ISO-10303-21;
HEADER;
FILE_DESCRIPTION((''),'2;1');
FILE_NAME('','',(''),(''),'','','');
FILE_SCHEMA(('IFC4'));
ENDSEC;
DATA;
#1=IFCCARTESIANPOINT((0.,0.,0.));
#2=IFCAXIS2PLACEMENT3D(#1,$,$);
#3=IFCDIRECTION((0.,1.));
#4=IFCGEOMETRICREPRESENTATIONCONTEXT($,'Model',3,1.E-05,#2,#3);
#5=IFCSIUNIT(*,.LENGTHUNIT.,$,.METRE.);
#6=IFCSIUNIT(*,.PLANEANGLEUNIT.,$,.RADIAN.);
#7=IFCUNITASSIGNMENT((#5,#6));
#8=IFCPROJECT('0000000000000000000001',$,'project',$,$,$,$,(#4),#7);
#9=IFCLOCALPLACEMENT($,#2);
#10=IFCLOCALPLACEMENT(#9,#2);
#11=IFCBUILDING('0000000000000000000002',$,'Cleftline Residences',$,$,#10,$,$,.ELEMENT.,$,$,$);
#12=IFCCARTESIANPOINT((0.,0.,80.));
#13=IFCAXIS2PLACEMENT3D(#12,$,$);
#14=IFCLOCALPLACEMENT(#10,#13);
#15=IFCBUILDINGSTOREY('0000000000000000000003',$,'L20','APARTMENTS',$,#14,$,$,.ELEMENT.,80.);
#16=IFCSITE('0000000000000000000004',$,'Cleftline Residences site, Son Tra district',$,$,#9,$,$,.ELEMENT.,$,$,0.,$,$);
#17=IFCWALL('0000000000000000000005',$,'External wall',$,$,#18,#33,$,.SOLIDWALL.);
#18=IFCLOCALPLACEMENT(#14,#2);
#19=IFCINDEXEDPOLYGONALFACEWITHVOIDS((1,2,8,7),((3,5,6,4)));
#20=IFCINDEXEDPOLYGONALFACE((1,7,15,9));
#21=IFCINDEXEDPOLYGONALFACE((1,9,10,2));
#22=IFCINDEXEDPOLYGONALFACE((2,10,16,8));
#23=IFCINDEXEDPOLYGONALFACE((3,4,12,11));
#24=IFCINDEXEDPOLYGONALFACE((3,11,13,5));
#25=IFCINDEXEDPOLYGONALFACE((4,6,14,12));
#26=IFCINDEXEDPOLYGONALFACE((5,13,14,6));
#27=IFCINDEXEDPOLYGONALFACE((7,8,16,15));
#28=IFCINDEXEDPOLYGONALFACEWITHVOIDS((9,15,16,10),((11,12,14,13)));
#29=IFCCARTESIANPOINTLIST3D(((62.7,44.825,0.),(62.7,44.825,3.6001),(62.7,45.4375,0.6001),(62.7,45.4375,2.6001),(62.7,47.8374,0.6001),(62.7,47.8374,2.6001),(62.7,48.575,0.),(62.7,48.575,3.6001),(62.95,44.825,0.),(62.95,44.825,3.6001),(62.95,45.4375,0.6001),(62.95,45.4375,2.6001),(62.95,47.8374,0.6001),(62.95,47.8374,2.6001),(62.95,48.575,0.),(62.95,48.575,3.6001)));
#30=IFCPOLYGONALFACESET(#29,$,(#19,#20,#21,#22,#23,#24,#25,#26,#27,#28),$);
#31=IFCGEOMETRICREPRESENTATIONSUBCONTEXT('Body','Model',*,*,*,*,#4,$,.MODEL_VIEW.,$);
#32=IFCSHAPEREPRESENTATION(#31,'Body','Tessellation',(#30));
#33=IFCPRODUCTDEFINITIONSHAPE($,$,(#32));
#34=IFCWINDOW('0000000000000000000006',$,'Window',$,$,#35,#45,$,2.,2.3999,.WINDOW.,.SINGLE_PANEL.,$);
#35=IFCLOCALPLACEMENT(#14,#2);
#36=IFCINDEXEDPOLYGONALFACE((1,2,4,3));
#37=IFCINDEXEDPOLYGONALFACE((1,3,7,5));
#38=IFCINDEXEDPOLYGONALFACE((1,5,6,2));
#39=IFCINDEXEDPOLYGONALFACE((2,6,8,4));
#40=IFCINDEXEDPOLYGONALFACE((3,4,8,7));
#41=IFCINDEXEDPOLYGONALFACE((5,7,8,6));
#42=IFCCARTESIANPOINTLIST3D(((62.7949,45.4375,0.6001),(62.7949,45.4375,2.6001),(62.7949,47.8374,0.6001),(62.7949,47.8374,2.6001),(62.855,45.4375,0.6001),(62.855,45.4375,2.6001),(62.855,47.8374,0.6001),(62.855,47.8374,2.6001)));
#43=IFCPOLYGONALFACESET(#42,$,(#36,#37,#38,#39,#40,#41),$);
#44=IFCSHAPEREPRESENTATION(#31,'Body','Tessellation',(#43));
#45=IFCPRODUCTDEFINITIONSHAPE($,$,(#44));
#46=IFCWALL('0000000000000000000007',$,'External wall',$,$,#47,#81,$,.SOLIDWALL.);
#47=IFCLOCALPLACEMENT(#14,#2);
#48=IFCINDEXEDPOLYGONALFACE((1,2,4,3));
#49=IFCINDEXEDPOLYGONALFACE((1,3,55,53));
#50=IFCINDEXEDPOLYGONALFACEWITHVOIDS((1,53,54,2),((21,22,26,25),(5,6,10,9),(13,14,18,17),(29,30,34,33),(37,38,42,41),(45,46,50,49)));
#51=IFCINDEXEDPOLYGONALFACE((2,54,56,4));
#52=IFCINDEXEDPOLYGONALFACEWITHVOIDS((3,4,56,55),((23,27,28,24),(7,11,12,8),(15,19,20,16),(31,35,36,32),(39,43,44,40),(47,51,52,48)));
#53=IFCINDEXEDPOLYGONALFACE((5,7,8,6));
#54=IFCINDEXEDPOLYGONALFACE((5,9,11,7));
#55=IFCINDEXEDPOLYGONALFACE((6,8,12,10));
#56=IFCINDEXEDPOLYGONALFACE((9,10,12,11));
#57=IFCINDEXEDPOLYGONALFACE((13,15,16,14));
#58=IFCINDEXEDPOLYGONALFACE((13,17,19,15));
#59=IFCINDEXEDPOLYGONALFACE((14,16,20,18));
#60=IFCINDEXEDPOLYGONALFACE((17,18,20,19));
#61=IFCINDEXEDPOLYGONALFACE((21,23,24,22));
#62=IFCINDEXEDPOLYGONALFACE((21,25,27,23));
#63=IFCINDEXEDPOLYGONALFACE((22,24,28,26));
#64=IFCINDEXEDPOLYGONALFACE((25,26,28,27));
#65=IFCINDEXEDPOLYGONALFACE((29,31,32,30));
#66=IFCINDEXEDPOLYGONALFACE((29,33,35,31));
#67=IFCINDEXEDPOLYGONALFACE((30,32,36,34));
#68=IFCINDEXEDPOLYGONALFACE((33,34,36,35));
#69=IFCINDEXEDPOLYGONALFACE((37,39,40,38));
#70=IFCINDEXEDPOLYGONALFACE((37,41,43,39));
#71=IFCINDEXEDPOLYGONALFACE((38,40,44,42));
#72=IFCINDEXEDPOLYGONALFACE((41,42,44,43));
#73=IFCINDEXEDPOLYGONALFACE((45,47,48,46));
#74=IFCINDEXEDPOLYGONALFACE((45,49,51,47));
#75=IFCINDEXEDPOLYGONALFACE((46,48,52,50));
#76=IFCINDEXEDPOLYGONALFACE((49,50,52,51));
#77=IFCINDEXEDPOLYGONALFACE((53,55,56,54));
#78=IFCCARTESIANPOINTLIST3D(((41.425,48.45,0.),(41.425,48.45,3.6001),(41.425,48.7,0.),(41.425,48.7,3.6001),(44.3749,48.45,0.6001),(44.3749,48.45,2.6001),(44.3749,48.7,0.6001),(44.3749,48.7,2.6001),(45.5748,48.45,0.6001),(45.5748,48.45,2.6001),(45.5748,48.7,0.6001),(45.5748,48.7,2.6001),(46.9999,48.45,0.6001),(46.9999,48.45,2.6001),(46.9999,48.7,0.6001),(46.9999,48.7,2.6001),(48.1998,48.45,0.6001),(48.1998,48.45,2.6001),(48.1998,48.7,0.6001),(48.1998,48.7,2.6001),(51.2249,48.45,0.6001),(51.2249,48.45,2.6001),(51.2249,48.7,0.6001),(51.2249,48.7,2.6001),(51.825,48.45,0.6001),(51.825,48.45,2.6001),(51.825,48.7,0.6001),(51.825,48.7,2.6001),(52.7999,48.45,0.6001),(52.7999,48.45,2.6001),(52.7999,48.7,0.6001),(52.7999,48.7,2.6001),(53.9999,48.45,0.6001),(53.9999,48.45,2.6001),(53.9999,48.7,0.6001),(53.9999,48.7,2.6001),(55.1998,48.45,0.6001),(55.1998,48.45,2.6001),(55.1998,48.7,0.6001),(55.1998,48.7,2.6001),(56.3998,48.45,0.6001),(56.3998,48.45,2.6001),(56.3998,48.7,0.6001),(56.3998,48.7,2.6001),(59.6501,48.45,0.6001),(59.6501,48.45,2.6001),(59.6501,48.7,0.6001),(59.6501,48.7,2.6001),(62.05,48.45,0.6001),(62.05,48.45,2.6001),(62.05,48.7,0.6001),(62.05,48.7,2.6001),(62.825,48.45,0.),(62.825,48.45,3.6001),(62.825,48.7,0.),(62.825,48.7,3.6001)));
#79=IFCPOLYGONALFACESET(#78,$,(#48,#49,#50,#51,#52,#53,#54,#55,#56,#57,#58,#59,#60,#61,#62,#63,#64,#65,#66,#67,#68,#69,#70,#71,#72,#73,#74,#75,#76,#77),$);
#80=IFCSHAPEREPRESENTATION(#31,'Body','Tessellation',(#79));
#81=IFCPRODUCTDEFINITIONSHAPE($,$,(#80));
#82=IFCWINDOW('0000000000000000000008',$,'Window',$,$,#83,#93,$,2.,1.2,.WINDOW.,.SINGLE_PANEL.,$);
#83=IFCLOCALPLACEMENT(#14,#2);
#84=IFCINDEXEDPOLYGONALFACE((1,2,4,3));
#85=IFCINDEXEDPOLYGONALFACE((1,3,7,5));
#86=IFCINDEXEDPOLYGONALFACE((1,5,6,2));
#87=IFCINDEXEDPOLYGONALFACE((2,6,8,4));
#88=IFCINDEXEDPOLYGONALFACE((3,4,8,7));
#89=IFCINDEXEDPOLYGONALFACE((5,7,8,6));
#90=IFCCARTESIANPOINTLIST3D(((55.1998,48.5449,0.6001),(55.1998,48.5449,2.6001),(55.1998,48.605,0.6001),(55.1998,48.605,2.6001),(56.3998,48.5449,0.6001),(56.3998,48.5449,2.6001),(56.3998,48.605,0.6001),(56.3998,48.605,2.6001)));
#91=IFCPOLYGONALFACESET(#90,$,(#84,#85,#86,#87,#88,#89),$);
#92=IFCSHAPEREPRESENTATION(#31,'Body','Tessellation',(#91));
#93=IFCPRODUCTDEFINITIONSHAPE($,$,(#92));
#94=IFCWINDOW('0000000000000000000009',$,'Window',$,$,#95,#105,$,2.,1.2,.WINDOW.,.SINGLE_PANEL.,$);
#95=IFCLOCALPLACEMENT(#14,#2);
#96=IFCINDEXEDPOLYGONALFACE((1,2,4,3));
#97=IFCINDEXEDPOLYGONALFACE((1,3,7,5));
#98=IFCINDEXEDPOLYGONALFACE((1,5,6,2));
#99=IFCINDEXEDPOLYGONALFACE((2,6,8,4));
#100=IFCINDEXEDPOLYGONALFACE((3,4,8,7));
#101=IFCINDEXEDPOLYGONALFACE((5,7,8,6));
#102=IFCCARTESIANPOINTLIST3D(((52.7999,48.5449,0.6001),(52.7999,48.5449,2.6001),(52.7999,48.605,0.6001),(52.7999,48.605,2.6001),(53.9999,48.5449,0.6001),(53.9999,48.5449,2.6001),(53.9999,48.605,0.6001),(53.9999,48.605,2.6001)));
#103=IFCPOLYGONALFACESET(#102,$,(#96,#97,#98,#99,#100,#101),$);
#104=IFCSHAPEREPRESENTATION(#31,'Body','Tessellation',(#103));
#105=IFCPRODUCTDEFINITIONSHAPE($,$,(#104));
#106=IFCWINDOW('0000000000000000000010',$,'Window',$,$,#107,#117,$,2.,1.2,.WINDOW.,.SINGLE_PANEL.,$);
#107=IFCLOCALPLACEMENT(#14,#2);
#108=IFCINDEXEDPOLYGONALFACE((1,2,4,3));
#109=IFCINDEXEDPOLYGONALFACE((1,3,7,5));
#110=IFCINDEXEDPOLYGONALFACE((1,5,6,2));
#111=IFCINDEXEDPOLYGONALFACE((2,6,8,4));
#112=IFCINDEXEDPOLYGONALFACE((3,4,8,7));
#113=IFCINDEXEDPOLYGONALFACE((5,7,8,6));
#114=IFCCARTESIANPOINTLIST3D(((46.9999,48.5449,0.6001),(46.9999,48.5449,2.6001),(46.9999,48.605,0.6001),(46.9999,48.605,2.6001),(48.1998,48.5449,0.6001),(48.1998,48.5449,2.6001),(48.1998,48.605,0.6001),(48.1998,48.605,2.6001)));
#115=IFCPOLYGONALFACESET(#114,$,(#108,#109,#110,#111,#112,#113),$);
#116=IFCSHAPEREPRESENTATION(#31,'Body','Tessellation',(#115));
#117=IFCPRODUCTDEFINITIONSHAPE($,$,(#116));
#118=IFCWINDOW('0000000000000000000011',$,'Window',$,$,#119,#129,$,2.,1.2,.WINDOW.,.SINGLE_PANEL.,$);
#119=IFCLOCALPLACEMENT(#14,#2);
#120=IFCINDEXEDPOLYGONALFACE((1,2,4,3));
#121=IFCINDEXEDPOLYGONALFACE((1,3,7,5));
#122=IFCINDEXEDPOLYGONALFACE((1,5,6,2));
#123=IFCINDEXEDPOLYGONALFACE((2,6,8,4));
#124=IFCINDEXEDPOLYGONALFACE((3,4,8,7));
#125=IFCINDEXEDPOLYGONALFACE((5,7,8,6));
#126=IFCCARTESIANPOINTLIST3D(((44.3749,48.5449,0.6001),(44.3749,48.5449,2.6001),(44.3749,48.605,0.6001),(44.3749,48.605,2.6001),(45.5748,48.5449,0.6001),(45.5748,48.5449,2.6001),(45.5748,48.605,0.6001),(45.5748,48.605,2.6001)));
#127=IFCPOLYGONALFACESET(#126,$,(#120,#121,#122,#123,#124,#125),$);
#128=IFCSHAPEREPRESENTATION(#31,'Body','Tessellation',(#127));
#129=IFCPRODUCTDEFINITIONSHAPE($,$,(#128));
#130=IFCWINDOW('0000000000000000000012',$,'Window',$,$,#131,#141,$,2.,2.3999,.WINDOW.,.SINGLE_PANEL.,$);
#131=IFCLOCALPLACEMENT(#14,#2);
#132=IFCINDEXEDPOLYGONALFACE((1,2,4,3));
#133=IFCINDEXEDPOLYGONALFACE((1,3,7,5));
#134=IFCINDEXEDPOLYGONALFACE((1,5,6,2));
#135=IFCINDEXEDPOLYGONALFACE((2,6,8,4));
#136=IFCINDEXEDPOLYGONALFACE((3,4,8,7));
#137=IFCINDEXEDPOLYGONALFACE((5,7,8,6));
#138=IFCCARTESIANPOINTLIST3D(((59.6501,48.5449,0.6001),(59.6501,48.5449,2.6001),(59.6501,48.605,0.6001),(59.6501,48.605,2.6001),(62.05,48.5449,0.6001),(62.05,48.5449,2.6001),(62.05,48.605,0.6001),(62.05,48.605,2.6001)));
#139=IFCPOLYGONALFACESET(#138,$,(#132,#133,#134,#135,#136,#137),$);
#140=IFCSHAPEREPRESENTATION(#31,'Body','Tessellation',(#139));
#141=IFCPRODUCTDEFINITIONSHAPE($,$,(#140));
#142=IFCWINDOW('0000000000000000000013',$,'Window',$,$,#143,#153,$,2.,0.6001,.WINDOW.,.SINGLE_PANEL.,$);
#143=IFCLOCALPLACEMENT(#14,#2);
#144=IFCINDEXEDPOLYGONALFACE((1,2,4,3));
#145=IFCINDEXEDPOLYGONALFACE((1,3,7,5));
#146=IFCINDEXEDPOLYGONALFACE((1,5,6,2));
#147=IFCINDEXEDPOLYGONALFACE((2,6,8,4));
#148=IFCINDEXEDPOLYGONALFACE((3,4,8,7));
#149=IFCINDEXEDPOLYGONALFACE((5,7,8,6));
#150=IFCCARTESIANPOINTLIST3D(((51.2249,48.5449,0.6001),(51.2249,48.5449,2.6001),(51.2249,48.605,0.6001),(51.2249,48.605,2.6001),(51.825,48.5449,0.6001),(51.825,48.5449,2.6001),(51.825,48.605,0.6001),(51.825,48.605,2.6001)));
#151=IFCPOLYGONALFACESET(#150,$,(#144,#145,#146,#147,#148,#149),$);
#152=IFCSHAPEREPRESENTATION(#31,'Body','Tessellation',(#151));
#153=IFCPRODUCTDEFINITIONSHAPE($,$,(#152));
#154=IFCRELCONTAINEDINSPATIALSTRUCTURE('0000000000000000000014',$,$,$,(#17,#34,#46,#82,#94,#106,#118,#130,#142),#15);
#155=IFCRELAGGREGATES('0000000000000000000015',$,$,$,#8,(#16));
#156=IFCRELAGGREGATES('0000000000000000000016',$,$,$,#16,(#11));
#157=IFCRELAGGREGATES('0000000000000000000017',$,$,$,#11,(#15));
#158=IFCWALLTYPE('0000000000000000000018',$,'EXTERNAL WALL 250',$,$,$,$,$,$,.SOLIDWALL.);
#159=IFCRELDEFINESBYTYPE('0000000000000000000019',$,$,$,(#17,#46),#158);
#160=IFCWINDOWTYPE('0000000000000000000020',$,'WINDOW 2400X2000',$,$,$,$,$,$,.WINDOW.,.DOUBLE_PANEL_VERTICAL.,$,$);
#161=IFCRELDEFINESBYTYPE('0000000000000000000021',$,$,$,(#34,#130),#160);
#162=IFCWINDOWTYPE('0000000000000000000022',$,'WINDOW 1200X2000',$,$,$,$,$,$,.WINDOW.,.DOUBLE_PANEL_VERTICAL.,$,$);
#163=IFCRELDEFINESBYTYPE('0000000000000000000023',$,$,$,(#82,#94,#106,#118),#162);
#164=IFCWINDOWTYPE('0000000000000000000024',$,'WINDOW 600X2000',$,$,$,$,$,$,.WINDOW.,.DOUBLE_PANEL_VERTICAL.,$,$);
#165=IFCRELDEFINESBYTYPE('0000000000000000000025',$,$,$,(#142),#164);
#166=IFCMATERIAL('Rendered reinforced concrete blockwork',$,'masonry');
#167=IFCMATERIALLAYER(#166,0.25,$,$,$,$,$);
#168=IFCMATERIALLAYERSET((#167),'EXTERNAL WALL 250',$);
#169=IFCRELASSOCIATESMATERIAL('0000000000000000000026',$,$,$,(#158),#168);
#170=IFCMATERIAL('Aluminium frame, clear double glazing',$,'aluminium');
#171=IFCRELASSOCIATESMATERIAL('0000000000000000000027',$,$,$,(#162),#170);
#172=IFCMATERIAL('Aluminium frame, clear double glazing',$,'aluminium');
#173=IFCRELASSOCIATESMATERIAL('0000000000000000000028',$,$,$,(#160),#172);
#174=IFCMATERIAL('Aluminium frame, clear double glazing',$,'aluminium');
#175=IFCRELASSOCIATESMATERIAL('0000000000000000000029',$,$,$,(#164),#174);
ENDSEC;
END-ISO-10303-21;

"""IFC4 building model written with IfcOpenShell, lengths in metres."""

from ifc_helpers import new_model, si_unit, direction, frame, frame_2d, origin, place, context, subcontext, project, spatial, rectangle, extrude, material, layer, layer_set, type_object, element, fill, save


model = new_model("IFC4")

# Units and contexts
model_context = context("Model", 3, precision=1e-05, world=origin(), true_north=direction((0.0, 1.0)))
body_context = subcontext(model_context, "Body", "Model", "MODEL_VIEW")
ifc_project = project(units=[si_unit("LENGTHUNIT", "METRE"), si_unit("PLANEANGLEUNIT", "RADIAN")], contexts=[model_context])

# Site, building, storey
site_placement = place(None, origin())
site = spatial("IfcSite", under=ifc_project, at=site_placement, Name="Cleftline Residences site, Son Tra district", CompositionType="ELEMENT", RefElevation=0.0)
building_placement = place(site_placement, origin())
building = spatial("IfcBuilding", under=site, at=building_placement, Name="Cleftline Residences", CompositionType="ELEMENT")
storey_placement = place(building_placement, frame((0.0, 0.0, 80.0)))
storey = spatial("IfcBuildingStorey", under=building, at=storey_placement, Name="L20", Description="APARTMENTS", CompositionType="ELEMENT", Elevation=80.0)

# Shared definitions
ifc_material_1 = material(Name="Rendered reinforced concrete blockwork", Category="masonry")
ifc_layer_1 = layer(ifc_material_1, 0.25)
ifc_layer_set_1 = layer_set([ifc_layer_1], Name="EXTERNAL WALL 250")
wall_type_1 = type_object("IfcWallType", Name="EXTERNAL WALL 250", PredefinedType="SOLIDWALL", material=ifc_layer_set_1)
ifc_material_2 = material(Name="Aluminium frame, clear double glazing", Category="aluminium")
window_type_1 = type_object("IfcWindowType", Name="WINDOW 1200X2000", PartitioningType="DOUBLE_PANEL_VERTICAL", PredefinedType="WINDOW", material=ifc_material_2)

# Wall, opening, window
wall_1_placement = place(storey_placement, frame((62.825, 44.825, 0.0), z_axis=(0.0, 0.0, 1.0), x_axis=(0.0, 1.0, 0.0)))
wall_1 = element("IfcWall", 1, at=wall_1_placement, inside=storey, type_object=wall_type_1, Name="External wall", PredefinedType="SOLIDWALL", context=body_context, shape_type="SweptSolid", body=[
    extrude(rectangle(XDim=3.75, YDim=0.25, at=frame_2d((1.875, 0.0))), origin(), (0.0, 0.0, 1.0), 3.6001),
])
opening_1_placement = place(wall_1_placement, frame((0.6125, 0.0, 0.6001)))
opening_1 = element("IfcOpeningElement", 2, at=opening_1_placement, cuts=wall_1, PredefinedType="OPENING", context=body_context, shape_type="SweptSolid", body=[
    extrude(rectangle(XDim=2.3999, YDim=2.0, at=frame_2d((1.2, 1.0))), frame((0.0, 0.135, 0.0), z_axis=(0.0, -1.0, 0.0), x_axis=(1.0, 0.0, 0.0)), (0.0, 0.0, 1.0), 0.27),
])
ifc_material_3 = material(Name="Aluminium frame, clear double glazing", Category="aluminium")
window_type_2 = type_object("IfcWindowType", Name="WINDOW 2400X2000", PartitioningType="DOUBLE_PANEL_VERTICAL", PredefinedType="WINDOW", material=ifc_material_3)
window_1_placement = place(opening_1_placement, origin())
window_1 = element("IfcWindow", 3, at=window_1_placement, inside=storey, type_object=window_type_2, Name="Window", OverallHeight=2.0, OverallWidth=2.3999, PartitioningType="SINGLE_PANEL", PredefinedType="WINDOW", context=body_context, shape_type="SweptSolid", body=[
    extrude(rectangle(XDim=2.3999, YDim=2.0, at=frame_2d((1.2, 1.0))), frame((0.0, 0.03, 0.0), z_axis=(0.0, -1.0, 0.0), x_axis=(1.0, 0.0, 0.0)), (0.0, 0.0, 1.0), 0.0601),
])
fill(opening_1, window_1)

# Wall, openings, windows
wall_2_placement = place(storey_placement, frame((62.825, 48.575, 0.0), z_axis=(0.0, 0.0, 1.0), x_axis=(-1.0, 0.0, 0.0)))
wall_2 = element("IfcWall", 4, at=wall_2_placement, inside=storey, type_object=wall_type_1, Name="External wall", PredefinedType="SOLIDWALL", context=body_context, shape_type="SweptSolid", body=[
    extrude(rectangle(XDim=21.3999, YDim=0.25, at=frame_2d((10.7, 0.0))), origin(), (0.0, 0.0, 1.0), 3.6001),
])
opening_2_placement = place(wall_2_placement, frame((0.7749, 0.0, 0.6001)))
opening_2 = element("IfcOpeningElement", 5, at=opening_2_placement, cuts=wall_2, PredefinedType="OPENING", context=body_context, shape_type="SweptSolid", body=[
    extrude(rectangle(XDim=2.3999, YDim=2.0, at=frame_2d((1.2, 1.0))), frame((0.0, 0.135, 0.0), z_axis=(0.0, -1.0, 0.0), x_axis=(1.0, 0.0, 0.0)), (0.0, 0.0, 1.0), 0.27),
])
opening_3_placement = place(wall_2_placement, frame((6.425, 0.0, 0.6001)))
opening_3 = element("IfcOpeningElement", 6, at=opening_3_placement, cuts=wall_2, PredefinedType="OPENING", context=body_context, shape_type="SweptSolid", body=[
    extrude(rectangle(XDim=1.2, YDim=2.0, at=frame_2d((0.6001, 1.0))), frame((0.0, 0.135, 0.0), z_axis=(0.0, -1.0, 0.0), x_axis=(1.0, 0.0, 0.0)), (0.0, 0.0, 1.0), 0.27),
])
opening_4_placement = place(wall_2_placement, frame((8.825, 0.0, 0.6001)))
opening_4 = element("IfcOpeningElement", 7, at=opening_4_placement, cuts=wall_2, PredefinedType="OPENING", context=body_context, shape_type="SweptSolid", body=[
    extrude(rectangle(XDim=1.2, YDim=2.0, at=frame_2d((0.6001, 1.0))), frame((0.0, 0.135, 0.0), z_axis=(0.0, -1.0, 0.0), x_axis=(1.0, 0.0, 0.0)), (0.0, 0.0, 1.0), 0.27),
])
opening_5_placement = place(wall_2_placement, frame((11.0, 0.0, 0.6001)))
opening_5 = element("IfcOpeningElement", 8, at=opening_5_placement, cuts=wall_2, PredefinedType="OPENING", context=body_context, shape_type="SweptSolid", body=[
    extrude(rectangle(XDim=0.6001, YDim=2.0, at=frame_2d((0.3, 1.0))), frame((0.0, 0.135, 0.0), z_axis=(0.0, -1.0, 0.0), x_axis=(1.0, 0.0, 0.0)), (0.0, 0.0, 1.0), 0.27),
])
opening_6_placement = place(wall_2_placement, frame((14.625, 0.0, 0.6001)))
opening_6 = element("IfcOpeningElement", 9, at=opening_6_placement, cuts=wall_2, PredefinedType="OPENING", context=body_context, shape_type="SweptSolid", body=[
    extrude(rectangle(XDim=1.2, YDim=2.0, at=frame_2d((0.6001, 1.0))), frame((0.0, 0.135, 0.0), z_axis=(0.0, -1.0, 0.0), x_axis=(1.0, 0.0, 0.0)), (0.0, 0.0, 1.0), 0.27),
])
opening_7_placement = place(wall_2_placement, frame((17.25, 0.0, 0.6001)))
opening_7 = element("IfcOpeningElement", 10, at=opening_7_placement, cuts=wall_2, PredefinedType="OPENING", context=body_context, shape_type="SweptSolid", body=[
    extrude(rectangle(XDim=1.2, YDim=2.0, at=frame_2d((0.6001, 1.0))), frame((0.0, 0.135, 0.0), z_axis=(0.0, -1.0, 0.0), x_axis=(1.0, 0.0, 0.0)), (0.0, 0.0, 1.0), 0.27),
])
window_2_placement = place(opening_3_placement, origin())
window_2 = element("IfcWindow", 11, at=window_2_placement, inside=storey, type_object=window_type_1, Name="Window", OverallHeight=2.0, OverallWidth=1.2, PartitioningType="SINGLE_PANEL", PredefinedType="WINDOW", context=body_context, shape_type="SweptSolid", body=[
    extrude(rectangle(XDim=1.2, YDim=2.0, at=frame_2d((0.6001, 1.0))), frame((0.0, 0.03, 0.0), z_axis=(0.0, -1.0, 0.0), x_axis=(1.0, 0.0, 0.0)), (0.0, 0.0, 1.0), 0.0601),
])
fill(opening_3, window_2)
window_3_placement = place(opening_4_placement, origin())
window_3 = element("IfcWindow", 12, at=window_3_placement, inside=storey, type_object=window_type_1, Name="Window", OverallHeight=2.0, OverallWidth=1.2, PartitioningType="SINGLE_PANEL", PredefinedType="WINDOW", context=body_context, shape_type="SweptSolid", body=[
    extrude(rectangle(XDim=1.2, YDim=2.0, at=frame_2d((0.6001, 1.0))), frame((0.0, 0.03, 0.0), z_axis=(0.0, -1.0, 0.0), x_axis=(1.0, 0.0, 0.0)), (0.0, 0.0, 1.0), 0.0601),
])
fill(opening_4, window_3)
window_4_placement = place(opening_6_placement, origin())
window_4 = element("IfcWindow", 13, at=window_4_placement, inside=storey, type_object=window_type_1, Name="Window", OverallHeight=2.0, OverallWidth=1.2, PartitioningType="SINGLE_PANEL", PredefinedType="WINDOW", context=body_context, shape_type="SweptSolid", body=[
    extrude(rectangle(XDim=1.2, YDim=2.0, at=frame_2d((0.6001, 1.0))), frame((0.0, 0.03, 0.0), z_axis=(0.0, -1.0, 0.0), x_axis=(1.0, 0.0, 0.0)), (0.0, 0.0, 1.0), 0.0601),
])
fill(opening_6, window_4)
window_5_placement = place(opening_7_placement, origin())
window_5 = element("IfcWindow", 14, at=window_5_placement, inside=storey, type_object=window_type_1, Name="Window", OverallHeight=2.0, OverallWidth=1.2, PartitioningType="SINGLE_PANEL", PredefinedType="WINDOW", context=body_context, shape_type="SweptSolid", body=[
    extrude(rectangle(XDim=1.2, YDim=2.0, at=frame_2d((0.6001, 1.0))), frame((0.0, 0.03, 0.0), z_axis=(0.0, -1.0, 0.0), x_axis=(1.0, 0.0, 0.0)), (0.0, 0.0, 1.0), 0.0601),
])
fill(opening_7, window_5)
window_6_placement = place(opening_2_placement, origin())
window_6 = element("IfcWindow", 15, at=window_6_placement, inside=storey, type_object=window_type_2, Name="Window", OverallHeight=2.0, OverallWidth=2.3999, PartitioningType="SINGLE_PANEL", PredefinedType="WINDOW", context=body_context, shape_type="SweptSolid", body=[
    extrude(rectangle(XDim=2.3999, YDim=2.0, at=frame_2d((1.2, 1.0))), frame((0.0, 0.03, 0.0), z_axis=(0.0, -1.0, 0.0), x_axis=(1.0, 0.0, 0.0)), (0.0, 0.0, 1.0), 0.0601),
])
fill(opening_2, window_6)
ifc_material_4 = material(Name="Aluminium frame, clear double glazing", Category="aluminium")
window_type_3 = type_object("IfcWindowType", Name="WINDOW 600X2000", PartitioningType="DOUBLE_PANEL_VERTICAL", PredefinedType="WINDOW", material=ifc_material_4)
window_7_placement = place(opening_5_placement, origin())
window_7 = element("IfcWindow", 16, at=window_7_placement, inside=storey, type_object=window_type_3, Name="Window", OverallHeight=2.0, OverallWidth=0.6001, PartitioningType="SINGLE_PANEL", PredefinedType="WINDOW", context=body_context, shape_type="SweptSolid", body=[
    extrude(rectangle(XDim=0.6001, YDim=2.0, at=frame_2d((0.3, 1.0))), frame((0.0, 0.03, 0.0), z_axis=(0.0, -1.0, 0.0), x_axis=(1.0, 0.0, 0.0)), (0.0, 0.0, 1.0), 0.0601),
])
fill(opening_5, window_7)

save(model, "model.ifc")
